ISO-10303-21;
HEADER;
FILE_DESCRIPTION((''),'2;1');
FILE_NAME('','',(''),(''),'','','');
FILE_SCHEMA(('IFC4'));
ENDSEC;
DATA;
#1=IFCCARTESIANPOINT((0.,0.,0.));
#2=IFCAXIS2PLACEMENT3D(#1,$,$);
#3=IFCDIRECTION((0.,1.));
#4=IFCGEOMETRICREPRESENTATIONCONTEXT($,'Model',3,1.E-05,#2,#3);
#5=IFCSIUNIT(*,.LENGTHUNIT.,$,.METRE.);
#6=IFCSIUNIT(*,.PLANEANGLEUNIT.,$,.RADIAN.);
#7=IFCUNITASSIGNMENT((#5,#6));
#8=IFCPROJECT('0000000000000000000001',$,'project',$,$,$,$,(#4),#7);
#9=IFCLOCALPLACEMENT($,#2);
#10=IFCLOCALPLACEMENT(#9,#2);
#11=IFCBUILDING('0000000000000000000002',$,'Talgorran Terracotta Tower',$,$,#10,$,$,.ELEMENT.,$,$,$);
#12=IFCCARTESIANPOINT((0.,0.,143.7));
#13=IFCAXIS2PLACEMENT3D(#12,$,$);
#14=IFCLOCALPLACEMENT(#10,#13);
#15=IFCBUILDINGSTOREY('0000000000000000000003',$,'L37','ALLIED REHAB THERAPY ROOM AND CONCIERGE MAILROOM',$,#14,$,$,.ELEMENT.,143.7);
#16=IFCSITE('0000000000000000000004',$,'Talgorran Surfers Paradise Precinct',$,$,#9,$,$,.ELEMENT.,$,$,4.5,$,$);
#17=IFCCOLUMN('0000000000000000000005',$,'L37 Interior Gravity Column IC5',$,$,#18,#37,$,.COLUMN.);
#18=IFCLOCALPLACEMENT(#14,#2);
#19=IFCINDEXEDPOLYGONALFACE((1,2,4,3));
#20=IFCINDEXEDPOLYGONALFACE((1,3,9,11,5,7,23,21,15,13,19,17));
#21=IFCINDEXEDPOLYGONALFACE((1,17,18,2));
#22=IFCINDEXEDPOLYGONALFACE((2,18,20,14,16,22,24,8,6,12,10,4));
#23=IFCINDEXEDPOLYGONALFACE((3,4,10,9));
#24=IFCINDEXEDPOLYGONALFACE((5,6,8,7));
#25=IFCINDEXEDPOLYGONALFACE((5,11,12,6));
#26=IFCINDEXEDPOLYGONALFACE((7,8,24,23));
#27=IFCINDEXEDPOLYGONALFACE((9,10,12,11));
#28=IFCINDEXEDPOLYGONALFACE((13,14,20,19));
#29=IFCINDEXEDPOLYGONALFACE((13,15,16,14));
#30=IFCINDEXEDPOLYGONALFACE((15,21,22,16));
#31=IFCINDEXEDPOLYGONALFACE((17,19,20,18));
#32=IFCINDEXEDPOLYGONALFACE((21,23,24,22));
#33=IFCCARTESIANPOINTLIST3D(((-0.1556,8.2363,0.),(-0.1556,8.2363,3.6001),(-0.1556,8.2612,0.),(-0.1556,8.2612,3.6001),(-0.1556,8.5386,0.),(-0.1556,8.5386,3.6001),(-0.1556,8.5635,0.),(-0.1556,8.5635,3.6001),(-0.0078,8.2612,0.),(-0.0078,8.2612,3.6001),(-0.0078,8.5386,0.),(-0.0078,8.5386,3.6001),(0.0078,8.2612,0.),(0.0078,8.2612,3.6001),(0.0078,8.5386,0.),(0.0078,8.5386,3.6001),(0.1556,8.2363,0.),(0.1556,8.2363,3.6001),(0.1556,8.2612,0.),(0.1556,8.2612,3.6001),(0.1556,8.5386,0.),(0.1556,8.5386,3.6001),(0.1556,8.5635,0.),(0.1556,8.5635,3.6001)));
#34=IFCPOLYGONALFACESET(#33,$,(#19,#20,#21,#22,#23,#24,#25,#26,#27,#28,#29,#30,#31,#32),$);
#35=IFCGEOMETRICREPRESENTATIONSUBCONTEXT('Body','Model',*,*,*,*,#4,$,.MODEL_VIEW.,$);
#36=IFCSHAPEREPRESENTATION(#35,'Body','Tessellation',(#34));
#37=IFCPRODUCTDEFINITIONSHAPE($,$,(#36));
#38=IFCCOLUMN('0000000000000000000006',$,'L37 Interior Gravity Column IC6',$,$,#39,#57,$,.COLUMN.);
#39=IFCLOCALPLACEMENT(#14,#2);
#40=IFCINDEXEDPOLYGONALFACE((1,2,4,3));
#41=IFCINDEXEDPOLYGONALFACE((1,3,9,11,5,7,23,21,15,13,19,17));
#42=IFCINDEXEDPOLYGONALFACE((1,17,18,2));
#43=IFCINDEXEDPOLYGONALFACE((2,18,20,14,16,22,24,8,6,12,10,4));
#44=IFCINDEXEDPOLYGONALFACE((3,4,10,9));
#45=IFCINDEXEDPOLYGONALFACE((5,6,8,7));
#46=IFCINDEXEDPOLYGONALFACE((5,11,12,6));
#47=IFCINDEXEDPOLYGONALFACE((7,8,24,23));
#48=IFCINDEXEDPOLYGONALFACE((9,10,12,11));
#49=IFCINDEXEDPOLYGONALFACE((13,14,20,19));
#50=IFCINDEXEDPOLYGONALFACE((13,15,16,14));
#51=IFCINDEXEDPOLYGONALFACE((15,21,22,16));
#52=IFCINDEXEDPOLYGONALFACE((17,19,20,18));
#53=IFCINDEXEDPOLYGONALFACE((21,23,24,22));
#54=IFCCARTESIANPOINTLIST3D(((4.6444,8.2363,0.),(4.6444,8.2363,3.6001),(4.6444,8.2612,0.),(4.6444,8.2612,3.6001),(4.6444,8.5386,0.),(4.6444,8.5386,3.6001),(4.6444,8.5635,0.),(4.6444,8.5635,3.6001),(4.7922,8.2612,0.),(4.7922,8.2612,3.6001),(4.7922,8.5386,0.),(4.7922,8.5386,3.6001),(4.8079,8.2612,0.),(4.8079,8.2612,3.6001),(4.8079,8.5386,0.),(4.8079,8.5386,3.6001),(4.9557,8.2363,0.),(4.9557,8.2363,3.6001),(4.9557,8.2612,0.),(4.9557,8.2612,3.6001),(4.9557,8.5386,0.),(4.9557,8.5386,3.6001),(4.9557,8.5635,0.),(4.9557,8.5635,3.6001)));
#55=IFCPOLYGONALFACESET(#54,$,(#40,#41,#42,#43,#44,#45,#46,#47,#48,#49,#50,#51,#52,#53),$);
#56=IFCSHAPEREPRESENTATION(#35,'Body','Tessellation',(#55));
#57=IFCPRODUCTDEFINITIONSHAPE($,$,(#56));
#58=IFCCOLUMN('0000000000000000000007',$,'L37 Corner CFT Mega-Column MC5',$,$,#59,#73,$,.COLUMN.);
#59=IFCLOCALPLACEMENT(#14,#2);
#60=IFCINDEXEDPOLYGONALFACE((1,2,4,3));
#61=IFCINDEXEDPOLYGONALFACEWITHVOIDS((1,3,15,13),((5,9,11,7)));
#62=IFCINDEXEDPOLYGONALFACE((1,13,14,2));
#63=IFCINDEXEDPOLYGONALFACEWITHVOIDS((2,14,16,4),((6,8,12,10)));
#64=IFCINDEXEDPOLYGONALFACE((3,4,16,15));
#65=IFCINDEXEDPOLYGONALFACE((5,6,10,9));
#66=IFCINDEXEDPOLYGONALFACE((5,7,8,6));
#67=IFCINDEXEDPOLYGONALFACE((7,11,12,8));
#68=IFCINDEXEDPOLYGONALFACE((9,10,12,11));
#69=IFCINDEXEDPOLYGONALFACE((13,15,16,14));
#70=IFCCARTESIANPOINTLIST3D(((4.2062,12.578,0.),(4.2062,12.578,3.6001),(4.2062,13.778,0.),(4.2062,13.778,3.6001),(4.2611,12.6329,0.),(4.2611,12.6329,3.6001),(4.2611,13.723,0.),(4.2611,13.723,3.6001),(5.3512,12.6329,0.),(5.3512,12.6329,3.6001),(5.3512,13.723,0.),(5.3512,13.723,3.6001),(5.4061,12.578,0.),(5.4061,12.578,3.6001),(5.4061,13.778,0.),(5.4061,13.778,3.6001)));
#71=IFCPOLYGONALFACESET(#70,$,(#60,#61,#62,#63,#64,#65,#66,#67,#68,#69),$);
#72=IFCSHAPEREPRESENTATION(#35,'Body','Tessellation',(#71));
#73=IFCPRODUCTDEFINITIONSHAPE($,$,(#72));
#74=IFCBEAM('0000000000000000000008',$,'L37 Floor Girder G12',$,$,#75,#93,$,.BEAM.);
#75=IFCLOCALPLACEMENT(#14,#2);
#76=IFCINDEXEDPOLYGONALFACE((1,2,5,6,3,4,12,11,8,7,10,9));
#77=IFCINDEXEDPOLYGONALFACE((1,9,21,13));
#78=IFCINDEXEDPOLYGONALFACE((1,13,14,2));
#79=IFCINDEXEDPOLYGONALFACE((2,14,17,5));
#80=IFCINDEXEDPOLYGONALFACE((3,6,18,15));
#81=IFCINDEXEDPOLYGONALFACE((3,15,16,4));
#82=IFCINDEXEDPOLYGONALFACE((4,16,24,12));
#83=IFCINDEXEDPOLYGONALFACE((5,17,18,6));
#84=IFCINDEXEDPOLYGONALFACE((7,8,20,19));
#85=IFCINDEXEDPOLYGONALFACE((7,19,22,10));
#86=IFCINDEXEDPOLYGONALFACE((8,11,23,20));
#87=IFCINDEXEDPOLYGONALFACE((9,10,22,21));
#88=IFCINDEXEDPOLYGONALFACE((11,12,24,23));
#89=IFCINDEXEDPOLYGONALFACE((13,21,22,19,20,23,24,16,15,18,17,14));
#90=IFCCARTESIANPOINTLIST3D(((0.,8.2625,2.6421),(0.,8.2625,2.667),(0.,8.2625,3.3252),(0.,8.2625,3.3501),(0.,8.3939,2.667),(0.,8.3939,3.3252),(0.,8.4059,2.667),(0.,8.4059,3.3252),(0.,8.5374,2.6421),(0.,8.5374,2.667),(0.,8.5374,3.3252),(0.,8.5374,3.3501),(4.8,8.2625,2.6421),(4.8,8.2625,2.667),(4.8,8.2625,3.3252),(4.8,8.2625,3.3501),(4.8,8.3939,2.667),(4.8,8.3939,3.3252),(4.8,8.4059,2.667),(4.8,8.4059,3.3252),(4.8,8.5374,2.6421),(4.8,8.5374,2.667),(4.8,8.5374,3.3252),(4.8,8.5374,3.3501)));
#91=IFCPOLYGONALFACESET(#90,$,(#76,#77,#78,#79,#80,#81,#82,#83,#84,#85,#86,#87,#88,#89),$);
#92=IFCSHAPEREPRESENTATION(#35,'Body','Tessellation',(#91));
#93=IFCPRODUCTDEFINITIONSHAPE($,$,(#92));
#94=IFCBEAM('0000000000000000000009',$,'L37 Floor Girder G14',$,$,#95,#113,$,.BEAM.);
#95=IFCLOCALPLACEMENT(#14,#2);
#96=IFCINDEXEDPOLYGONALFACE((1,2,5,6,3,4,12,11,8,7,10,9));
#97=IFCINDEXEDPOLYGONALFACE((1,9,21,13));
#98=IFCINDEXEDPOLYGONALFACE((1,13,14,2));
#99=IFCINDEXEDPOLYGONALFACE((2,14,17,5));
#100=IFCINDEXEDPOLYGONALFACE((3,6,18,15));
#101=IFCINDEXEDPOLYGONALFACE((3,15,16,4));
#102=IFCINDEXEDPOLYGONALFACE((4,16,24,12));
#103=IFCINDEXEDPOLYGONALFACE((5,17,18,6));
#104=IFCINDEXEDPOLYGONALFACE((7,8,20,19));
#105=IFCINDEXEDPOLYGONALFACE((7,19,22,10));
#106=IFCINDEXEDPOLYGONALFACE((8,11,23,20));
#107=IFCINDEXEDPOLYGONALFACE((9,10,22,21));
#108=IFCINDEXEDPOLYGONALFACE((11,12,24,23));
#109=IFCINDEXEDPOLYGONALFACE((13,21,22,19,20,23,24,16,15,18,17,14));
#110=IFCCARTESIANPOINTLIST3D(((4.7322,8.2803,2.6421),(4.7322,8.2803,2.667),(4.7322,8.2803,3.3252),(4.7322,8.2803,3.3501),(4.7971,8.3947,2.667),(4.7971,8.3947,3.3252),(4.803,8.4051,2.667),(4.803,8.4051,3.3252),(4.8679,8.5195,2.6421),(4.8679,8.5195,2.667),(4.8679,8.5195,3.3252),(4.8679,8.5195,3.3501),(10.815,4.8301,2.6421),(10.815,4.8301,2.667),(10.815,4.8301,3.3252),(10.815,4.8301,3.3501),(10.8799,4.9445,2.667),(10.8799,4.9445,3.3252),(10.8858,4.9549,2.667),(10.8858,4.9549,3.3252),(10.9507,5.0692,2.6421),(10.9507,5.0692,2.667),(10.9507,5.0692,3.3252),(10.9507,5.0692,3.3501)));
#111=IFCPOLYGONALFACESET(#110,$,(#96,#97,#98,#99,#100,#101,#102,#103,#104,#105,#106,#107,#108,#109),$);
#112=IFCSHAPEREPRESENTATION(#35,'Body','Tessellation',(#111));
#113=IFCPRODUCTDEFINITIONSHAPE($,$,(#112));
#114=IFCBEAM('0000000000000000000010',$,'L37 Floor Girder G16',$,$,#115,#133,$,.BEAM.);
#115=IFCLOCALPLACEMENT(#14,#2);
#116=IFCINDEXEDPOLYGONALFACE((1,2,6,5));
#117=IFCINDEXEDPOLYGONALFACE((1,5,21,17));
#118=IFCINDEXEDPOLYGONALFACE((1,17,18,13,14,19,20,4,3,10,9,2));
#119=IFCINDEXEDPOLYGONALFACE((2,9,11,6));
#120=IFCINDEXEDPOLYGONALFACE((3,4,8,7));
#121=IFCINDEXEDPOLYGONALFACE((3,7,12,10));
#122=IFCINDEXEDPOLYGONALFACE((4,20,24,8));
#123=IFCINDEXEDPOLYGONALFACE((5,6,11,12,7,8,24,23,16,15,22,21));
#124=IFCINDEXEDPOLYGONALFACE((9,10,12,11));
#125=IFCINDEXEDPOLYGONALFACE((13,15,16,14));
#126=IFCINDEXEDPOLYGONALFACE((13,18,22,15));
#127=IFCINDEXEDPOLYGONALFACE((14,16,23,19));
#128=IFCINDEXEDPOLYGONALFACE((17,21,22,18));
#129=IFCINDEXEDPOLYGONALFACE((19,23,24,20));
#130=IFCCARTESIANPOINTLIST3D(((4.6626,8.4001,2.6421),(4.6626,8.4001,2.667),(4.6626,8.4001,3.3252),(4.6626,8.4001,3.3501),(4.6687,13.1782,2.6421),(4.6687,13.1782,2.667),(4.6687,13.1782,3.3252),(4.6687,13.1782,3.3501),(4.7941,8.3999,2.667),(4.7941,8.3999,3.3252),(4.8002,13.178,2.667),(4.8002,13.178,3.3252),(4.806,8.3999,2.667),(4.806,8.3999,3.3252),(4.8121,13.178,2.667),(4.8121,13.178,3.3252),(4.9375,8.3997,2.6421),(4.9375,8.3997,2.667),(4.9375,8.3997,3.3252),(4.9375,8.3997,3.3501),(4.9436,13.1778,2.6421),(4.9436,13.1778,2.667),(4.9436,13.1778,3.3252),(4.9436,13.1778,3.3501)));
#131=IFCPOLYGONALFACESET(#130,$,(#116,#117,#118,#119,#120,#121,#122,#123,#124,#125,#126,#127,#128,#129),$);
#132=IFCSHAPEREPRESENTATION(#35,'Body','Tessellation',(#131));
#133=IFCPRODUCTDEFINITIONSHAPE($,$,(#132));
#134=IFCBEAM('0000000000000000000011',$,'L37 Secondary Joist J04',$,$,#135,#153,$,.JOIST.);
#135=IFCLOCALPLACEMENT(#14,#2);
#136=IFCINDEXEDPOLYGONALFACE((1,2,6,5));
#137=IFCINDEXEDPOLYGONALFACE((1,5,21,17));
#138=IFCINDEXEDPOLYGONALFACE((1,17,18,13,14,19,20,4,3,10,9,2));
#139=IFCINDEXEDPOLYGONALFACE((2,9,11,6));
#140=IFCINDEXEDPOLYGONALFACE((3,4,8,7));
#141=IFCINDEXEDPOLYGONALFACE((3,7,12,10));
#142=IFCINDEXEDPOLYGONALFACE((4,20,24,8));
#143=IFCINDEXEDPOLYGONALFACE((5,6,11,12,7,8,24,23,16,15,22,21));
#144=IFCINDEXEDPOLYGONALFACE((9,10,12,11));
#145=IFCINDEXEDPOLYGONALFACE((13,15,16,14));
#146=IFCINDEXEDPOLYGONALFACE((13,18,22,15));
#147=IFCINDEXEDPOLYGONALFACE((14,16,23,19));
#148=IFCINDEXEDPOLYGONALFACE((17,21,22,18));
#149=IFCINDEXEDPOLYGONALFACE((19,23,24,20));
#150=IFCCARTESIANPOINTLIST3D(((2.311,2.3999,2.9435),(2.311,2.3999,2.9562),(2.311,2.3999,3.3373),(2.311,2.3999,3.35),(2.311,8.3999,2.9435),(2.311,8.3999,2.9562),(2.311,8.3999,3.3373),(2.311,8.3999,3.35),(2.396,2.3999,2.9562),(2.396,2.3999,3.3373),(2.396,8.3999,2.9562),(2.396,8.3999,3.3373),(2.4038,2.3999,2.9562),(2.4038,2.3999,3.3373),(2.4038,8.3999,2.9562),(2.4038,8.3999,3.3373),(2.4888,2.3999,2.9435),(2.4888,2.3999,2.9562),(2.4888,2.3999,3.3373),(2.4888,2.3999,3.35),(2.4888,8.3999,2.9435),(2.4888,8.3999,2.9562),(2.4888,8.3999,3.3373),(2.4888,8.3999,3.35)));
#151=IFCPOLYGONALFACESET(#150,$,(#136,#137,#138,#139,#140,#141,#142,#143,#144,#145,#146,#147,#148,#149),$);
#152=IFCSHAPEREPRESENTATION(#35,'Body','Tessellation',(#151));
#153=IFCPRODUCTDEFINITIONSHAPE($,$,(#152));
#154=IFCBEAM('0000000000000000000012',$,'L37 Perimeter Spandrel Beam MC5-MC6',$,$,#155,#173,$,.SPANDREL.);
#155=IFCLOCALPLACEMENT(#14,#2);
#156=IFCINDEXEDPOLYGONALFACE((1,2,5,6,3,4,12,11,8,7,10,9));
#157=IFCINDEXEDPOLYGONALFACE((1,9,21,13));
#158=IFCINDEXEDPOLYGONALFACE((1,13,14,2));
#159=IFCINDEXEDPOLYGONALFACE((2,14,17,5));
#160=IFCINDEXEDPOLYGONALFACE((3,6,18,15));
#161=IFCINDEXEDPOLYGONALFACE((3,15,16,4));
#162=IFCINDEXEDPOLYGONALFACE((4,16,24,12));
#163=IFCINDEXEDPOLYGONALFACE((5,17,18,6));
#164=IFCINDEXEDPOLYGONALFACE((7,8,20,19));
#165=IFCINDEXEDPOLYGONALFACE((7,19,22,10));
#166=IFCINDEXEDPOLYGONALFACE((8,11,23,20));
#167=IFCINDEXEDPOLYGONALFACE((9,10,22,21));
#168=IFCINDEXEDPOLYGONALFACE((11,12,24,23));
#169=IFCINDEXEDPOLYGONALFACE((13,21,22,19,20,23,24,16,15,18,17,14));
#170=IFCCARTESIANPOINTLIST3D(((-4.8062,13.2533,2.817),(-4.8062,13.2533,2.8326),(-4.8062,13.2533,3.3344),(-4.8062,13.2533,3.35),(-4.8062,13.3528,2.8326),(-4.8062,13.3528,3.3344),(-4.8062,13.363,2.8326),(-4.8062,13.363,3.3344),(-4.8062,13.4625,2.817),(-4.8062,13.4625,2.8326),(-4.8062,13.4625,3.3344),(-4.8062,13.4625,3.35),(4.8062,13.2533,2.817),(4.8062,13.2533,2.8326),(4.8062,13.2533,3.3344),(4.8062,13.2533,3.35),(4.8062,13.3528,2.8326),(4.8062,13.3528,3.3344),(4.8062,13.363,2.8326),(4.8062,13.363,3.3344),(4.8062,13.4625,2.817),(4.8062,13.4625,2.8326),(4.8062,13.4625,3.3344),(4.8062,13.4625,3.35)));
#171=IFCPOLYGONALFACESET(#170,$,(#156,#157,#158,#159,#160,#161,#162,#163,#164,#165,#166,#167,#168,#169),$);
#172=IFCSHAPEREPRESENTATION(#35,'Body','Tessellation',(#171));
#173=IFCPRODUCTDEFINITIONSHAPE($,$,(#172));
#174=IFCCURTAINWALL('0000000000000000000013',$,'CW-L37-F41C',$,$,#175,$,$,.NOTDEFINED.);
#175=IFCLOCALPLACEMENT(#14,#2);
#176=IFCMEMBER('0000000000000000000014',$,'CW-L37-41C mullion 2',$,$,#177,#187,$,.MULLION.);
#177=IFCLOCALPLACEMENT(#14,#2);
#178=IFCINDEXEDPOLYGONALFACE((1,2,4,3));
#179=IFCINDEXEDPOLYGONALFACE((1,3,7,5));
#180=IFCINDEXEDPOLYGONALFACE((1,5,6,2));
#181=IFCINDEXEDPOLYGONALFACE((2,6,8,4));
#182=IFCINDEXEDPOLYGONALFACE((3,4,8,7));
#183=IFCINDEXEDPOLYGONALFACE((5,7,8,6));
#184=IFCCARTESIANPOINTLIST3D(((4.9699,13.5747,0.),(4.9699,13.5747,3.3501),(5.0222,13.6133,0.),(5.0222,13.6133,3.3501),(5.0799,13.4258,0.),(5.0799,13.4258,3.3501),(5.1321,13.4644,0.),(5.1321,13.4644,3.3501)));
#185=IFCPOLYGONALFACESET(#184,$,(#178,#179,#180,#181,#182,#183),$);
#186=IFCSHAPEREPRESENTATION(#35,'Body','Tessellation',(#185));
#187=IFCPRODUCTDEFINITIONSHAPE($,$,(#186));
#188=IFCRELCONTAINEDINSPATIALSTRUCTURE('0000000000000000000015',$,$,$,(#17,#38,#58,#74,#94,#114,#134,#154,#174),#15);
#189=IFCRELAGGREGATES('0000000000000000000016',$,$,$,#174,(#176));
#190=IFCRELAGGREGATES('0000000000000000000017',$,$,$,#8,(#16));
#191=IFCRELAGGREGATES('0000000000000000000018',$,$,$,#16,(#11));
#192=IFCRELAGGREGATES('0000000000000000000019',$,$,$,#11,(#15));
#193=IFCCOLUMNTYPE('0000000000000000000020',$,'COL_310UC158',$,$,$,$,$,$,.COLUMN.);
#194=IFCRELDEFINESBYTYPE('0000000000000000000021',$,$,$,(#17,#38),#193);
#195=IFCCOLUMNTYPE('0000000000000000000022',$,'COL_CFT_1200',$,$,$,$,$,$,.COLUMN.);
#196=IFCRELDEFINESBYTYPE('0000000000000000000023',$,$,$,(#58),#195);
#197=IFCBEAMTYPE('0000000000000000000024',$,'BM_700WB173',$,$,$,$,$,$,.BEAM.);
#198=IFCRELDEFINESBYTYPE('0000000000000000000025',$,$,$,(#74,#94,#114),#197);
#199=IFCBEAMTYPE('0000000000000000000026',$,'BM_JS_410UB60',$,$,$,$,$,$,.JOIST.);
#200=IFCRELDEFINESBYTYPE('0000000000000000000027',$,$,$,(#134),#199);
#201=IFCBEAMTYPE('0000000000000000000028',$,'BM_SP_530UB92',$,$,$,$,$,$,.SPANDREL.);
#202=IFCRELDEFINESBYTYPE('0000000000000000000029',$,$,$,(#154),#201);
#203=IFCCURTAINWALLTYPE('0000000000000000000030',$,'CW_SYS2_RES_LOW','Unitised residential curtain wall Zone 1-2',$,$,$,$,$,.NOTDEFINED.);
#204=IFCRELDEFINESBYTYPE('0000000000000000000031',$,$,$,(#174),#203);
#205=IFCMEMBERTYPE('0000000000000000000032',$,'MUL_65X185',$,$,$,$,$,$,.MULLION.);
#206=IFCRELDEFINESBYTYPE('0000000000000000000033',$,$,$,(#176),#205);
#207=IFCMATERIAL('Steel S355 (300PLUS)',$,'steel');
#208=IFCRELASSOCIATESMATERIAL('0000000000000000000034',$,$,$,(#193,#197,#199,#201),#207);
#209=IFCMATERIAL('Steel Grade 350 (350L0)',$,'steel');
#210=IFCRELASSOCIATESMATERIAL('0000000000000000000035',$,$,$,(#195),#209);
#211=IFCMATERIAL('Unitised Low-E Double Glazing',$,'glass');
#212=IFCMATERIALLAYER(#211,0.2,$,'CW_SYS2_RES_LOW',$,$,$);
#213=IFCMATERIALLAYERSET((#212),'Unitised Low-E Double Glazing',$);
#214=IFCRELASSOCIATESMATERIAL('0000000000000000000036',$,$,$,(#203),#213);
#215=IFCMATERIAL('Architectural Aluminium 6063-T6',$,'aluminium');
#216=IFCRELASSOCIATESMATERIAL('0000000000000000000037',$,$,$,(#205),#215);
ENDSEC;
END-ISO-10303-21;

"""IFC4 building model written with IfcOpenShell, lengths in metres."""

from ifc_helpers import new_model, si_unit, direction, frame, origin, origin_2d, place, context, subcontext, project, spatial, rectangle, hollow_rectangle, i_section, extrude, material, layer, layer_set, material_profile, profile_set, type_object, element, aggregate, save


model = new_model("IFC4")

# Units and contexts
model_context = context("Model", 3, precision=1e-05, world=origin(), true_north=direction((0.0, 1.0)))
body_context = subcontext(model_context, "Body", "Model", "MODEL_VIEW")
ifc_project = project(units=[si_unit("LENGTHUNIT", "METRE"), si_unit("PLANEANGLEUNIT", "RADIAN")], contexts=[model_context])

# Site, building, storey
site_placement = place(None, origin())
site = spatial("IfcSite", under=ifc_project, at=site_placement, Name="Talgorran Surfers Paradise Precinct", CompositionType="ELEMENT", RefElevation=4.5)
building_placement = place(site_placement, origin())
building = spatial("IfcBuilding", under=site, at=building_placement, Name="Talgorran Terracotta Tower", CompositionType="ELEMENT")
storey_placement = place(building_placement, frame((0.0, 0.0, 143.7)))
storey = spatial("IfcBuildingStorey", under=building, at=storey_placement, Name="L37", Description="ALLIED REHAB THERAPY ROOM AND CONCIERGE MAILROOM", CompositionType="ELEMENT", Elevation=143.7)

# Columns
ifc_material_1 = material(Name="Steel S355 (300PLUS)", Category="steel")
ifc_material_profile_1 = material_profile(ifc_material_1, i_section(OverallWidth=0.3113, OverallDepth=0.3271, WebThickness=0.0156, FlangeThickness=0.0249, at=origin_2d()), Name="310UC158")
ifc_profile_set_1 = profile_set([ifc_material_profile_1], Name="Steel S355 (300PLUS)")
column_type_1 = type_object("IfcColumnType", Name="COL_310UC158", PredefinedType="COLUMN", material=ifc_profile_set_1)
for number, where, z_axis, x_axis, name in (
    (1, (0.0, 8.3999, 0.0), (0.0, 0.0, 1.0), (1.0, 0.0, 0.0), "L37 Interior Gravity Column IC5"),
    (2, (4.8, 8.3999, 0.0), (0.0, 0.0, 1.0), (1.0, 0.0, 0.0), "L37 Interior Gravity Column IC6"),
):
    element("IfcColumn", number, at=place(storey_placement, frame(where, z_axis=z_axis, x_axis=x_axis)), inside=storey, type_object=column_type_1, Name=name, PredefinedType="COLUMN", context=body_context, shape_type="SweptSolid", body=[
        extrude(i_section(OverallWidth=0.3113, OverallDepth=0.3271, WebThickness=0.0156, FlangeThickness=0.0249, at=origin_2d()), origin(), (0.0, 0.0, 1.0), 3.6001),
    ])
ifc_material_2 = material(Name="Steel Grade 350 (350L0)", Category="steel")
ifc_material_profile_2 = material_profile(ifc_material_2, hollow_rectangle(XDim=1.2, YDim=1.2, WallThickness=0.0549, at=origin_2d()), Name="CFT1200X1200X55")
ifc_profile_set_2 = profile_set([ifc_material_profile_2], Name="Steel Grade 350 (350L0)")
column_type_2 = type_object("IfcColumnType", Name="COL_CFT_1200", PredefinedType="COLUMN", material=ifc_profile_set_2)
column_placement = place(storey_placement, frame((4.8062, 13.178, 0.0), z_axis=(0.0, 0.0, 1.0), x_axis=(1.0, 0.0, 0.0)))
element("IfcColumn", 3, at=column_placement, inside=storey, type_object=column_type_2, Name="L37 Corner CFT Mega-Column MC5", PredefinedType="COLUMN", context=body_context, shape_type="SweptSolid", body=[
    extrude(hollow_rectangle(XDim=1.2, YDim=1.2, WallThickness=0.0549, at=origin_2d()), origin(), (0.0, 0.0, 1.0), 3.6001),
])

# Beams
ifc_material_profile_3 = material_profile(ifc_material_1, i_section(OverallWidth=0.2749, OverallDepth=0.708, WebThickness=0.012, FlangeThickness=0.0249, at=origin_2d()), Name="700WB173")
ifc_profile_set_3 = profile_set([ifc_material_profile_3], Name="Steel S355 (300PLUS)")
beam_type_1 = type_object("IfcBeamType", Name="BM_700WB173", PredefinedType="BEAM", material=ifc_profile_set_3)
beam_1_placement = place(storey_placement, frame((0.0, 8.3999, 2.9961), z_axis=(1.0, 0.0, 0.0), x_axis=(0.0, 1.0, 0.0)))
element("IfcBeam", 4, at=beam_1_placement, inside=storey, type_object=beam_type_1, Name="L37 Floor Girder G12", PredefinedType="BEAM", context=body_context, shape_type="SweptSolid", body=[
    extrude(i_section(OverallWidth=0.2749, OverallDepth=0.708, WebThickness=0.012, FlangeThickness=0.0249, at=origin_2d()), origin(), (0.0, 0.0, 1.0), 4.8),
])
beam_2_placement = place(storey_placement, frame((4.8, 8.3999, 2.9961), z_axis=(0.86982, -0.493369, 0.0), x_axis=(0.493369, 0.86982, 0.0)))
element("IfcBeam", 5, at=beam_2_placement, inside=storey, type_object=beam_type_1, Name="L37 Floor Girder G14", PredefinedType="BEAM", context=body_context, shape_type="SweptSolid", body=[
    extrude(i_section(OverallWidth=0.2749, OverallDepth=0.708, WebThickness=0.012, FlangeThickness=0.0249, at=origin_2d()), origin(), (0.0, 0.0, 1.0), 6.9932),
])
beam_3_placement = place(storey_placement, frame((4.8, 8.3999, 2.9961), z_axis=(0.001277, 0.999999, 0.0), x_axis=(-0.999999, 0.001277, 0.0)))
element("IfcBeam", 6, at=beam_3_placement, inside=storey, type_object=beam_type_1, Name="L37 Floor Girder G16", PredefinedType="BEAM", context=body_context, shape_type="SweptSolid", body=[
    extrude(i_section(OverallWidth=0.2749, OverallDepth=0.708, WebThickness=0.012, FlangeThickness=0.0249, at=origin_2d()), origin(), (0.0, 0.0, 1.0), 4.7781),
])
ifc_material_profile_4 = material_profile(ifc_material_1, i_section(OverallWidth=0.1777, OverallDepth=0.4065, WebThickness=0.0078, FlangeThickness=0.0127, at=origin_2d()), Name="410UB59.7")
ifc_profile_set_4 = profile_set([ifc_material_profile_4], Name="Steel S355 (300PLUS)")
beam_type_2 = type_object("IfcBeamType", Name="BM_JS_410UB60", PredefinedType="JOIST", material=ifc_profile_set_4)
beam_4_placement = place(storey_placement, frame((2.3999, 2.3999, 3.1467), z_axis=(0.0, 1.0, 0.0), x_axis=(-1.0, 0.0, 0.0)))
element("IfcBeam", 7, at=beam_4_placement, inside=storey, type_object=beam_type_2, Name="L37 Secondary Joist J04", PredefinedType="JOIST", context=body_context, shape_type="SweptSolid", body=[
    extrude(i_section(OverallWidth=0.1777, OverallDepth=0.4065, WebThickness=0.0078, FlangeThickness=0.0127, at=origin_2d()), origin(), (0.0, 0.0, 1.0), 6.0),
])
ifc_material_profile_5 = material_profile(ifc_material_1, i_section(OverallWidth=0.2092, OverallDepth=0.533, WebThickness=0.0103, FlangeThickness=0.0156, at=origin_2d()), Name="530UB92.4")
ifc_profile_set_5 = profile_set([ifc_material_profile_5], Name="Steel S355 (300PLUS)")
beam_type_3 = type_object("IfcBeamType", Name="BM_SP_530UB92", PredefinedType="SPANDREL", material=ifc_profile_set_5)
beam_5_placement = place(storey_placement, frame((4.8062, 13.3579, 3.0835), z_axis=(-1.0, 0.0, 0.0), x_axis=(0.0, -1.0, 0.0)))
element("IfcBeam", 8, at=beam_5_placement, inside=storey, type_object=beam_type_3, Name="L37 Perimeter Spandrel Beam MC5-MC6", PredefinedType="SPANDREL", context=body_context, shape_type="SweptSolid", body=[
    extrude(i_section(OverallWidth=0.2092, OverallDepth=0.533, WebThickness=0.0103, FlangeThickness=0.0156, at=origin_2d()), origin(), (0.0, 0.0, 1.0), 9.6123),
])

# Curtain wall, member
ifc_material_3 = material(Name="Unitised Low-E Double Glazing", Category="glass")
ifc_layer_1 = layer(ifc_material_3, 0.2, Name="CW_SYS2_RES_LOW")
ifc_layer_set_1 = layer_set([ifc_layer_1], Name="Unitised Low-E Double Glazing")
curtain_wall_type = type_object("IfcCurtainWallType", Name="CW_SYS2_RES_LOW", Description="Unitised residential curtain wall Zone 1-2", PredefinedType="NOTDEFINED", material=ifc_layer_set_1)
curtain_wall_1_placement = place(storey_placement, origin())
curtain_wall_1 = element("IfcCurtainWall", 9, at=curtain_wall_1_placement, inside=storey, type_object=curtain_wall_type, Name="CW-L37-F41C", PredefinedType="NOTDEFINED")
ifc_material_4 = material(Name="Architectural Aluminium 6063-T6", Category="aluminium")
ifc_material_profile_6 = material_profile(ifc_material_4, rectangle(XDim=0.0649, YDim=0.1851, at=origin_2d()), Name="CWM65X185")
ifc_profile_set_6 = profile_set([ifc_material_profile_6], Name="Architectural Aluminium 6063-T6")
member_type_1 = type_object("IfcMemberType", Name="MUL_65X185", PredefinedType="MULLION", material=ifc_profile_set_6)
member_1_placement = place(storey_placement, frame((5.051, 13.5195, 0.0), z_axis=(0.0, 0.0, 1.0), x_axis=(-0.804409, -0.594076, 0.0)))
member_1 = element("IfcMember", 10, at=member_1_placement, type_object=member_type_1, Name="CW-L37-41C mullion 2", PredefinedType="MULLION", context=body_context, shape_type="SweptSolid", body=[
    extrude(rectangle(XDim=0.0649, YDim=0.1851, at=origin_2d()), origin(), (0.0, 0.0, 1.0), 3.3501),
])

aggregate(curtain_wall_1, [member_1])

save(model, "model.ifc")
